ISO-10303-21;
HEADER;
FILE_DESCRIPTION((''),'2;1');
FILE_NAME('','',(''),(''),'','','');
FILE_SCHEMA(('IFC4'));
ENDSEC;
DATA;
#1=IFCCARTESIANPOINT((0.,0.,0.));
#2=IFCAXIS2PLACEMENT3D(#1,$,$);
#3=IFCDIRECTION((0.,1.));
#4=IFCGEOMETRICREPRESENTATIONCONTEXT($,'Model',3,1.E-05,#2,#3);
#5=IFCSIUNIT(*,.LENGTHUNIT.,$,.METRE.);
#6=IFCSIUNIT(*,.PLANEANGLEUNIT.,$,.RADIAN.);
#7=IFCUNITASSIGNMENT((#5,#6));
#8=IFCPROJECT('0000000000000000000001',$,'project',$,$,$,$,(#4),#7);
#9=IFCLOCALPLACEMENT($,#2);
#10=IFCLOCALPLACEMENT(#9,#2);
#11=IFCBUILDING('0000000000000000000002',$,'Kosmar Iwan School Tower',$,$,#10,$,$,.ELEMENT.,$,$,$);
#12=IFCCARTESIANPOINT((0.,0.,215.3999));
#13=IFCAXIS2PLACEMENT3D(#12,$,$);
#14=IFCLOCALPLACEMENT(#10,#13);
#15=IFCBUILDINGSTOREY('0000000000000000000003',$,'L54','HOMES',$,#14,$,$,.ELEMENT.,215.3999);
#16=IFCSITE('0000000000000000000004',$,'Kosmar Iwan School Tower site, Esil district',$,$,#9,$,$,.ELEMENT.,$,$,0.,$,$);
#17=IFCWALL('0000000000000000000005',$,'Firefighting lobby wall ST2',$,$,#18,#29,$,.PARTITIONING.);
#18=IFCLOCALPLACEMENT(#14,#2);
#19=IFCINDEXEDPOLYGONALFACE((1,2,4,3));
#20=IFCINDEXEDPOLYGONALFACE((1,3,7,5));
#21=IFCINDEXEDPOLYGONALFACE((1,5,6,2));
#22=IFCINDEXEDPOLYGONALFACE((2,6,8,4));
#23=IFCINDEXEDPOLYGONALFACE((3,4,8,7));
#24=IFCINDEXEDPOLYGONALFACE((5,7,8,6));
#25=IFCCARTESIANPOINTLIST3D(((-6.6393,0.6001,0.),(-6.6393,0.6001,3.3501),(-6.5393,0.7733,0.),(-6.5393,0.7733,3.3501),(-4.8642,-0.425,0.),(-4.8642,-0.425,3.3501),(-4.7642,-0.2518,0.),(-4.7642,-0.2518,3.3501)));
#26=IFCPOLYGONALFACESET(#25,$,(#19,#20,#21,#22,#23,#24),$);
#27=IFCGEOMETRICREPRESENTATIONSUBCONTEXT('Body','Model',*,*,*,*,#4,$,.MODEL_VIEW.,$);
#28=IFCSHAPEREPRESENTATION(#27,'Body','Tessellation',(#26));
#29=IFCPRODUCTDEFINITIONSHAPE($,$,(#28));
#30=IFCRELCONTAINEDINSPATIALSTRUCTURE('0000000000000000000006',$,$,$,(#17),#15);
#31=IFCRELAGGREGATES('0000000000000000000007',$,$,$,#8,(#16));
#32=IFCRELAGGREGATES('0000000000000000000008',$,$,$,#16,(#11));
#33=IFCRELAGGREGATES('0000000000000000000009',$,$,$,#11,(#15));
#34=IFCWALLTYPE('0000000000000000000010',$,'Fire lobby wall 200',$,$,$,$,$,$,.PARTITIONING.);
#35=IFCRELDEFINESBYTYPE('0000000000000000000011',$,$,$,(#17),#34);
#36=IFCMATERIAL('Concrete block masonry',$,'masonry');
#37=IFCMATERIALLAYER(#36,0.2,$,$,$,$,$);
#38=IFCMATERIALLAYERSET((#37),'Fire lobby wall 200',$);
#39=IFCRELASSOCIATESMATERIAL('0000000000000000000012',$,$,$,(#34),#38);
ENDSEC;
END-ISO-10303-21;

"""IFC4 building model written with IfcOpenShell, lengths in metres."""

from ifc_helpers import new_model, si_unit, direction, frame, frame_2d, origin, place, context, subcontext, project, spatial, rectangle, extrude, material, layer, layer_set, type_object, element, save


model = new_model("IFC4")

# Units and contexts
model_context = context("Model", 3, precision=1e-05, world=origin(), true_north=direction((0.0, 1.0)))
body_context = subcontext(model_context, "Body", "Model", "MODEL_VIEW")
ifc_project = project(units=[si_unit("LENGTHUNIT", "METRE"), si_unit("PLANEANGLEUNIT", "RADIAN")], contexts=[model_context])

# Site, building, storey
site_placement = place(None, origin())
site = spatial("IfcSite", under=ifc_project, at=site_placement, Name="Kosmar Iwan School Tower site, Esil district", CompositionType="ELEMENT", RefElevation=0.0)
building_placement = place(site_placement, origin())
building = spatial("IfcBuilding", under=site, at=building_placement, Name="Kosmar Iwan School Tower", CompositionType="ELEMENT")
storey_placement = place(building_placement, frame((0.0, 0.0, 215.3999)))
storey = spatial("IfcBuildingStorey", under=building, at=storey_placement, Name="L54", Description="HOMES", CompositionType="ELEMENT", Elevation=215.3999)

# Wall
ifc_material_1 = material(Name="Concrete block masonry", Category="masonry")
ifc_layer_1 = layer(ifc_material_1, 0.2)
ifc_layer_set_1 = layer_set([ifc_layer_1], Name="Fire lobby wall 200")
wall_type_1 = type_object("IfcWallType", Name="Fire lobby wall 200", PredefinedType="PARTITIONING", material=ifc_layer_set_1)
wall_1_placement = place(storey_placement, frame((-4.8142, -0.3384, 0.0), z_axis=(0.0, 0.0, 1.0), x_axis=(-0.865969, 0.500097, 0.0)))
element("IfcWall", 1, at=wall_1_placement, inside=storey, type_object=wall_type_1, Name="Firefighting lobby wall ST2", PredefinedType="PARTITIONING", context=body_context, shape_type="SweptSolid", body=[
    extrude(rectangle(XDim=2.0498, YDim=0.2, at=frame_2d((1.0249, 0.0))), origin(), (0.0, 0.0, 1.0), 3.3501),
])

save(model, "model.ifc")
